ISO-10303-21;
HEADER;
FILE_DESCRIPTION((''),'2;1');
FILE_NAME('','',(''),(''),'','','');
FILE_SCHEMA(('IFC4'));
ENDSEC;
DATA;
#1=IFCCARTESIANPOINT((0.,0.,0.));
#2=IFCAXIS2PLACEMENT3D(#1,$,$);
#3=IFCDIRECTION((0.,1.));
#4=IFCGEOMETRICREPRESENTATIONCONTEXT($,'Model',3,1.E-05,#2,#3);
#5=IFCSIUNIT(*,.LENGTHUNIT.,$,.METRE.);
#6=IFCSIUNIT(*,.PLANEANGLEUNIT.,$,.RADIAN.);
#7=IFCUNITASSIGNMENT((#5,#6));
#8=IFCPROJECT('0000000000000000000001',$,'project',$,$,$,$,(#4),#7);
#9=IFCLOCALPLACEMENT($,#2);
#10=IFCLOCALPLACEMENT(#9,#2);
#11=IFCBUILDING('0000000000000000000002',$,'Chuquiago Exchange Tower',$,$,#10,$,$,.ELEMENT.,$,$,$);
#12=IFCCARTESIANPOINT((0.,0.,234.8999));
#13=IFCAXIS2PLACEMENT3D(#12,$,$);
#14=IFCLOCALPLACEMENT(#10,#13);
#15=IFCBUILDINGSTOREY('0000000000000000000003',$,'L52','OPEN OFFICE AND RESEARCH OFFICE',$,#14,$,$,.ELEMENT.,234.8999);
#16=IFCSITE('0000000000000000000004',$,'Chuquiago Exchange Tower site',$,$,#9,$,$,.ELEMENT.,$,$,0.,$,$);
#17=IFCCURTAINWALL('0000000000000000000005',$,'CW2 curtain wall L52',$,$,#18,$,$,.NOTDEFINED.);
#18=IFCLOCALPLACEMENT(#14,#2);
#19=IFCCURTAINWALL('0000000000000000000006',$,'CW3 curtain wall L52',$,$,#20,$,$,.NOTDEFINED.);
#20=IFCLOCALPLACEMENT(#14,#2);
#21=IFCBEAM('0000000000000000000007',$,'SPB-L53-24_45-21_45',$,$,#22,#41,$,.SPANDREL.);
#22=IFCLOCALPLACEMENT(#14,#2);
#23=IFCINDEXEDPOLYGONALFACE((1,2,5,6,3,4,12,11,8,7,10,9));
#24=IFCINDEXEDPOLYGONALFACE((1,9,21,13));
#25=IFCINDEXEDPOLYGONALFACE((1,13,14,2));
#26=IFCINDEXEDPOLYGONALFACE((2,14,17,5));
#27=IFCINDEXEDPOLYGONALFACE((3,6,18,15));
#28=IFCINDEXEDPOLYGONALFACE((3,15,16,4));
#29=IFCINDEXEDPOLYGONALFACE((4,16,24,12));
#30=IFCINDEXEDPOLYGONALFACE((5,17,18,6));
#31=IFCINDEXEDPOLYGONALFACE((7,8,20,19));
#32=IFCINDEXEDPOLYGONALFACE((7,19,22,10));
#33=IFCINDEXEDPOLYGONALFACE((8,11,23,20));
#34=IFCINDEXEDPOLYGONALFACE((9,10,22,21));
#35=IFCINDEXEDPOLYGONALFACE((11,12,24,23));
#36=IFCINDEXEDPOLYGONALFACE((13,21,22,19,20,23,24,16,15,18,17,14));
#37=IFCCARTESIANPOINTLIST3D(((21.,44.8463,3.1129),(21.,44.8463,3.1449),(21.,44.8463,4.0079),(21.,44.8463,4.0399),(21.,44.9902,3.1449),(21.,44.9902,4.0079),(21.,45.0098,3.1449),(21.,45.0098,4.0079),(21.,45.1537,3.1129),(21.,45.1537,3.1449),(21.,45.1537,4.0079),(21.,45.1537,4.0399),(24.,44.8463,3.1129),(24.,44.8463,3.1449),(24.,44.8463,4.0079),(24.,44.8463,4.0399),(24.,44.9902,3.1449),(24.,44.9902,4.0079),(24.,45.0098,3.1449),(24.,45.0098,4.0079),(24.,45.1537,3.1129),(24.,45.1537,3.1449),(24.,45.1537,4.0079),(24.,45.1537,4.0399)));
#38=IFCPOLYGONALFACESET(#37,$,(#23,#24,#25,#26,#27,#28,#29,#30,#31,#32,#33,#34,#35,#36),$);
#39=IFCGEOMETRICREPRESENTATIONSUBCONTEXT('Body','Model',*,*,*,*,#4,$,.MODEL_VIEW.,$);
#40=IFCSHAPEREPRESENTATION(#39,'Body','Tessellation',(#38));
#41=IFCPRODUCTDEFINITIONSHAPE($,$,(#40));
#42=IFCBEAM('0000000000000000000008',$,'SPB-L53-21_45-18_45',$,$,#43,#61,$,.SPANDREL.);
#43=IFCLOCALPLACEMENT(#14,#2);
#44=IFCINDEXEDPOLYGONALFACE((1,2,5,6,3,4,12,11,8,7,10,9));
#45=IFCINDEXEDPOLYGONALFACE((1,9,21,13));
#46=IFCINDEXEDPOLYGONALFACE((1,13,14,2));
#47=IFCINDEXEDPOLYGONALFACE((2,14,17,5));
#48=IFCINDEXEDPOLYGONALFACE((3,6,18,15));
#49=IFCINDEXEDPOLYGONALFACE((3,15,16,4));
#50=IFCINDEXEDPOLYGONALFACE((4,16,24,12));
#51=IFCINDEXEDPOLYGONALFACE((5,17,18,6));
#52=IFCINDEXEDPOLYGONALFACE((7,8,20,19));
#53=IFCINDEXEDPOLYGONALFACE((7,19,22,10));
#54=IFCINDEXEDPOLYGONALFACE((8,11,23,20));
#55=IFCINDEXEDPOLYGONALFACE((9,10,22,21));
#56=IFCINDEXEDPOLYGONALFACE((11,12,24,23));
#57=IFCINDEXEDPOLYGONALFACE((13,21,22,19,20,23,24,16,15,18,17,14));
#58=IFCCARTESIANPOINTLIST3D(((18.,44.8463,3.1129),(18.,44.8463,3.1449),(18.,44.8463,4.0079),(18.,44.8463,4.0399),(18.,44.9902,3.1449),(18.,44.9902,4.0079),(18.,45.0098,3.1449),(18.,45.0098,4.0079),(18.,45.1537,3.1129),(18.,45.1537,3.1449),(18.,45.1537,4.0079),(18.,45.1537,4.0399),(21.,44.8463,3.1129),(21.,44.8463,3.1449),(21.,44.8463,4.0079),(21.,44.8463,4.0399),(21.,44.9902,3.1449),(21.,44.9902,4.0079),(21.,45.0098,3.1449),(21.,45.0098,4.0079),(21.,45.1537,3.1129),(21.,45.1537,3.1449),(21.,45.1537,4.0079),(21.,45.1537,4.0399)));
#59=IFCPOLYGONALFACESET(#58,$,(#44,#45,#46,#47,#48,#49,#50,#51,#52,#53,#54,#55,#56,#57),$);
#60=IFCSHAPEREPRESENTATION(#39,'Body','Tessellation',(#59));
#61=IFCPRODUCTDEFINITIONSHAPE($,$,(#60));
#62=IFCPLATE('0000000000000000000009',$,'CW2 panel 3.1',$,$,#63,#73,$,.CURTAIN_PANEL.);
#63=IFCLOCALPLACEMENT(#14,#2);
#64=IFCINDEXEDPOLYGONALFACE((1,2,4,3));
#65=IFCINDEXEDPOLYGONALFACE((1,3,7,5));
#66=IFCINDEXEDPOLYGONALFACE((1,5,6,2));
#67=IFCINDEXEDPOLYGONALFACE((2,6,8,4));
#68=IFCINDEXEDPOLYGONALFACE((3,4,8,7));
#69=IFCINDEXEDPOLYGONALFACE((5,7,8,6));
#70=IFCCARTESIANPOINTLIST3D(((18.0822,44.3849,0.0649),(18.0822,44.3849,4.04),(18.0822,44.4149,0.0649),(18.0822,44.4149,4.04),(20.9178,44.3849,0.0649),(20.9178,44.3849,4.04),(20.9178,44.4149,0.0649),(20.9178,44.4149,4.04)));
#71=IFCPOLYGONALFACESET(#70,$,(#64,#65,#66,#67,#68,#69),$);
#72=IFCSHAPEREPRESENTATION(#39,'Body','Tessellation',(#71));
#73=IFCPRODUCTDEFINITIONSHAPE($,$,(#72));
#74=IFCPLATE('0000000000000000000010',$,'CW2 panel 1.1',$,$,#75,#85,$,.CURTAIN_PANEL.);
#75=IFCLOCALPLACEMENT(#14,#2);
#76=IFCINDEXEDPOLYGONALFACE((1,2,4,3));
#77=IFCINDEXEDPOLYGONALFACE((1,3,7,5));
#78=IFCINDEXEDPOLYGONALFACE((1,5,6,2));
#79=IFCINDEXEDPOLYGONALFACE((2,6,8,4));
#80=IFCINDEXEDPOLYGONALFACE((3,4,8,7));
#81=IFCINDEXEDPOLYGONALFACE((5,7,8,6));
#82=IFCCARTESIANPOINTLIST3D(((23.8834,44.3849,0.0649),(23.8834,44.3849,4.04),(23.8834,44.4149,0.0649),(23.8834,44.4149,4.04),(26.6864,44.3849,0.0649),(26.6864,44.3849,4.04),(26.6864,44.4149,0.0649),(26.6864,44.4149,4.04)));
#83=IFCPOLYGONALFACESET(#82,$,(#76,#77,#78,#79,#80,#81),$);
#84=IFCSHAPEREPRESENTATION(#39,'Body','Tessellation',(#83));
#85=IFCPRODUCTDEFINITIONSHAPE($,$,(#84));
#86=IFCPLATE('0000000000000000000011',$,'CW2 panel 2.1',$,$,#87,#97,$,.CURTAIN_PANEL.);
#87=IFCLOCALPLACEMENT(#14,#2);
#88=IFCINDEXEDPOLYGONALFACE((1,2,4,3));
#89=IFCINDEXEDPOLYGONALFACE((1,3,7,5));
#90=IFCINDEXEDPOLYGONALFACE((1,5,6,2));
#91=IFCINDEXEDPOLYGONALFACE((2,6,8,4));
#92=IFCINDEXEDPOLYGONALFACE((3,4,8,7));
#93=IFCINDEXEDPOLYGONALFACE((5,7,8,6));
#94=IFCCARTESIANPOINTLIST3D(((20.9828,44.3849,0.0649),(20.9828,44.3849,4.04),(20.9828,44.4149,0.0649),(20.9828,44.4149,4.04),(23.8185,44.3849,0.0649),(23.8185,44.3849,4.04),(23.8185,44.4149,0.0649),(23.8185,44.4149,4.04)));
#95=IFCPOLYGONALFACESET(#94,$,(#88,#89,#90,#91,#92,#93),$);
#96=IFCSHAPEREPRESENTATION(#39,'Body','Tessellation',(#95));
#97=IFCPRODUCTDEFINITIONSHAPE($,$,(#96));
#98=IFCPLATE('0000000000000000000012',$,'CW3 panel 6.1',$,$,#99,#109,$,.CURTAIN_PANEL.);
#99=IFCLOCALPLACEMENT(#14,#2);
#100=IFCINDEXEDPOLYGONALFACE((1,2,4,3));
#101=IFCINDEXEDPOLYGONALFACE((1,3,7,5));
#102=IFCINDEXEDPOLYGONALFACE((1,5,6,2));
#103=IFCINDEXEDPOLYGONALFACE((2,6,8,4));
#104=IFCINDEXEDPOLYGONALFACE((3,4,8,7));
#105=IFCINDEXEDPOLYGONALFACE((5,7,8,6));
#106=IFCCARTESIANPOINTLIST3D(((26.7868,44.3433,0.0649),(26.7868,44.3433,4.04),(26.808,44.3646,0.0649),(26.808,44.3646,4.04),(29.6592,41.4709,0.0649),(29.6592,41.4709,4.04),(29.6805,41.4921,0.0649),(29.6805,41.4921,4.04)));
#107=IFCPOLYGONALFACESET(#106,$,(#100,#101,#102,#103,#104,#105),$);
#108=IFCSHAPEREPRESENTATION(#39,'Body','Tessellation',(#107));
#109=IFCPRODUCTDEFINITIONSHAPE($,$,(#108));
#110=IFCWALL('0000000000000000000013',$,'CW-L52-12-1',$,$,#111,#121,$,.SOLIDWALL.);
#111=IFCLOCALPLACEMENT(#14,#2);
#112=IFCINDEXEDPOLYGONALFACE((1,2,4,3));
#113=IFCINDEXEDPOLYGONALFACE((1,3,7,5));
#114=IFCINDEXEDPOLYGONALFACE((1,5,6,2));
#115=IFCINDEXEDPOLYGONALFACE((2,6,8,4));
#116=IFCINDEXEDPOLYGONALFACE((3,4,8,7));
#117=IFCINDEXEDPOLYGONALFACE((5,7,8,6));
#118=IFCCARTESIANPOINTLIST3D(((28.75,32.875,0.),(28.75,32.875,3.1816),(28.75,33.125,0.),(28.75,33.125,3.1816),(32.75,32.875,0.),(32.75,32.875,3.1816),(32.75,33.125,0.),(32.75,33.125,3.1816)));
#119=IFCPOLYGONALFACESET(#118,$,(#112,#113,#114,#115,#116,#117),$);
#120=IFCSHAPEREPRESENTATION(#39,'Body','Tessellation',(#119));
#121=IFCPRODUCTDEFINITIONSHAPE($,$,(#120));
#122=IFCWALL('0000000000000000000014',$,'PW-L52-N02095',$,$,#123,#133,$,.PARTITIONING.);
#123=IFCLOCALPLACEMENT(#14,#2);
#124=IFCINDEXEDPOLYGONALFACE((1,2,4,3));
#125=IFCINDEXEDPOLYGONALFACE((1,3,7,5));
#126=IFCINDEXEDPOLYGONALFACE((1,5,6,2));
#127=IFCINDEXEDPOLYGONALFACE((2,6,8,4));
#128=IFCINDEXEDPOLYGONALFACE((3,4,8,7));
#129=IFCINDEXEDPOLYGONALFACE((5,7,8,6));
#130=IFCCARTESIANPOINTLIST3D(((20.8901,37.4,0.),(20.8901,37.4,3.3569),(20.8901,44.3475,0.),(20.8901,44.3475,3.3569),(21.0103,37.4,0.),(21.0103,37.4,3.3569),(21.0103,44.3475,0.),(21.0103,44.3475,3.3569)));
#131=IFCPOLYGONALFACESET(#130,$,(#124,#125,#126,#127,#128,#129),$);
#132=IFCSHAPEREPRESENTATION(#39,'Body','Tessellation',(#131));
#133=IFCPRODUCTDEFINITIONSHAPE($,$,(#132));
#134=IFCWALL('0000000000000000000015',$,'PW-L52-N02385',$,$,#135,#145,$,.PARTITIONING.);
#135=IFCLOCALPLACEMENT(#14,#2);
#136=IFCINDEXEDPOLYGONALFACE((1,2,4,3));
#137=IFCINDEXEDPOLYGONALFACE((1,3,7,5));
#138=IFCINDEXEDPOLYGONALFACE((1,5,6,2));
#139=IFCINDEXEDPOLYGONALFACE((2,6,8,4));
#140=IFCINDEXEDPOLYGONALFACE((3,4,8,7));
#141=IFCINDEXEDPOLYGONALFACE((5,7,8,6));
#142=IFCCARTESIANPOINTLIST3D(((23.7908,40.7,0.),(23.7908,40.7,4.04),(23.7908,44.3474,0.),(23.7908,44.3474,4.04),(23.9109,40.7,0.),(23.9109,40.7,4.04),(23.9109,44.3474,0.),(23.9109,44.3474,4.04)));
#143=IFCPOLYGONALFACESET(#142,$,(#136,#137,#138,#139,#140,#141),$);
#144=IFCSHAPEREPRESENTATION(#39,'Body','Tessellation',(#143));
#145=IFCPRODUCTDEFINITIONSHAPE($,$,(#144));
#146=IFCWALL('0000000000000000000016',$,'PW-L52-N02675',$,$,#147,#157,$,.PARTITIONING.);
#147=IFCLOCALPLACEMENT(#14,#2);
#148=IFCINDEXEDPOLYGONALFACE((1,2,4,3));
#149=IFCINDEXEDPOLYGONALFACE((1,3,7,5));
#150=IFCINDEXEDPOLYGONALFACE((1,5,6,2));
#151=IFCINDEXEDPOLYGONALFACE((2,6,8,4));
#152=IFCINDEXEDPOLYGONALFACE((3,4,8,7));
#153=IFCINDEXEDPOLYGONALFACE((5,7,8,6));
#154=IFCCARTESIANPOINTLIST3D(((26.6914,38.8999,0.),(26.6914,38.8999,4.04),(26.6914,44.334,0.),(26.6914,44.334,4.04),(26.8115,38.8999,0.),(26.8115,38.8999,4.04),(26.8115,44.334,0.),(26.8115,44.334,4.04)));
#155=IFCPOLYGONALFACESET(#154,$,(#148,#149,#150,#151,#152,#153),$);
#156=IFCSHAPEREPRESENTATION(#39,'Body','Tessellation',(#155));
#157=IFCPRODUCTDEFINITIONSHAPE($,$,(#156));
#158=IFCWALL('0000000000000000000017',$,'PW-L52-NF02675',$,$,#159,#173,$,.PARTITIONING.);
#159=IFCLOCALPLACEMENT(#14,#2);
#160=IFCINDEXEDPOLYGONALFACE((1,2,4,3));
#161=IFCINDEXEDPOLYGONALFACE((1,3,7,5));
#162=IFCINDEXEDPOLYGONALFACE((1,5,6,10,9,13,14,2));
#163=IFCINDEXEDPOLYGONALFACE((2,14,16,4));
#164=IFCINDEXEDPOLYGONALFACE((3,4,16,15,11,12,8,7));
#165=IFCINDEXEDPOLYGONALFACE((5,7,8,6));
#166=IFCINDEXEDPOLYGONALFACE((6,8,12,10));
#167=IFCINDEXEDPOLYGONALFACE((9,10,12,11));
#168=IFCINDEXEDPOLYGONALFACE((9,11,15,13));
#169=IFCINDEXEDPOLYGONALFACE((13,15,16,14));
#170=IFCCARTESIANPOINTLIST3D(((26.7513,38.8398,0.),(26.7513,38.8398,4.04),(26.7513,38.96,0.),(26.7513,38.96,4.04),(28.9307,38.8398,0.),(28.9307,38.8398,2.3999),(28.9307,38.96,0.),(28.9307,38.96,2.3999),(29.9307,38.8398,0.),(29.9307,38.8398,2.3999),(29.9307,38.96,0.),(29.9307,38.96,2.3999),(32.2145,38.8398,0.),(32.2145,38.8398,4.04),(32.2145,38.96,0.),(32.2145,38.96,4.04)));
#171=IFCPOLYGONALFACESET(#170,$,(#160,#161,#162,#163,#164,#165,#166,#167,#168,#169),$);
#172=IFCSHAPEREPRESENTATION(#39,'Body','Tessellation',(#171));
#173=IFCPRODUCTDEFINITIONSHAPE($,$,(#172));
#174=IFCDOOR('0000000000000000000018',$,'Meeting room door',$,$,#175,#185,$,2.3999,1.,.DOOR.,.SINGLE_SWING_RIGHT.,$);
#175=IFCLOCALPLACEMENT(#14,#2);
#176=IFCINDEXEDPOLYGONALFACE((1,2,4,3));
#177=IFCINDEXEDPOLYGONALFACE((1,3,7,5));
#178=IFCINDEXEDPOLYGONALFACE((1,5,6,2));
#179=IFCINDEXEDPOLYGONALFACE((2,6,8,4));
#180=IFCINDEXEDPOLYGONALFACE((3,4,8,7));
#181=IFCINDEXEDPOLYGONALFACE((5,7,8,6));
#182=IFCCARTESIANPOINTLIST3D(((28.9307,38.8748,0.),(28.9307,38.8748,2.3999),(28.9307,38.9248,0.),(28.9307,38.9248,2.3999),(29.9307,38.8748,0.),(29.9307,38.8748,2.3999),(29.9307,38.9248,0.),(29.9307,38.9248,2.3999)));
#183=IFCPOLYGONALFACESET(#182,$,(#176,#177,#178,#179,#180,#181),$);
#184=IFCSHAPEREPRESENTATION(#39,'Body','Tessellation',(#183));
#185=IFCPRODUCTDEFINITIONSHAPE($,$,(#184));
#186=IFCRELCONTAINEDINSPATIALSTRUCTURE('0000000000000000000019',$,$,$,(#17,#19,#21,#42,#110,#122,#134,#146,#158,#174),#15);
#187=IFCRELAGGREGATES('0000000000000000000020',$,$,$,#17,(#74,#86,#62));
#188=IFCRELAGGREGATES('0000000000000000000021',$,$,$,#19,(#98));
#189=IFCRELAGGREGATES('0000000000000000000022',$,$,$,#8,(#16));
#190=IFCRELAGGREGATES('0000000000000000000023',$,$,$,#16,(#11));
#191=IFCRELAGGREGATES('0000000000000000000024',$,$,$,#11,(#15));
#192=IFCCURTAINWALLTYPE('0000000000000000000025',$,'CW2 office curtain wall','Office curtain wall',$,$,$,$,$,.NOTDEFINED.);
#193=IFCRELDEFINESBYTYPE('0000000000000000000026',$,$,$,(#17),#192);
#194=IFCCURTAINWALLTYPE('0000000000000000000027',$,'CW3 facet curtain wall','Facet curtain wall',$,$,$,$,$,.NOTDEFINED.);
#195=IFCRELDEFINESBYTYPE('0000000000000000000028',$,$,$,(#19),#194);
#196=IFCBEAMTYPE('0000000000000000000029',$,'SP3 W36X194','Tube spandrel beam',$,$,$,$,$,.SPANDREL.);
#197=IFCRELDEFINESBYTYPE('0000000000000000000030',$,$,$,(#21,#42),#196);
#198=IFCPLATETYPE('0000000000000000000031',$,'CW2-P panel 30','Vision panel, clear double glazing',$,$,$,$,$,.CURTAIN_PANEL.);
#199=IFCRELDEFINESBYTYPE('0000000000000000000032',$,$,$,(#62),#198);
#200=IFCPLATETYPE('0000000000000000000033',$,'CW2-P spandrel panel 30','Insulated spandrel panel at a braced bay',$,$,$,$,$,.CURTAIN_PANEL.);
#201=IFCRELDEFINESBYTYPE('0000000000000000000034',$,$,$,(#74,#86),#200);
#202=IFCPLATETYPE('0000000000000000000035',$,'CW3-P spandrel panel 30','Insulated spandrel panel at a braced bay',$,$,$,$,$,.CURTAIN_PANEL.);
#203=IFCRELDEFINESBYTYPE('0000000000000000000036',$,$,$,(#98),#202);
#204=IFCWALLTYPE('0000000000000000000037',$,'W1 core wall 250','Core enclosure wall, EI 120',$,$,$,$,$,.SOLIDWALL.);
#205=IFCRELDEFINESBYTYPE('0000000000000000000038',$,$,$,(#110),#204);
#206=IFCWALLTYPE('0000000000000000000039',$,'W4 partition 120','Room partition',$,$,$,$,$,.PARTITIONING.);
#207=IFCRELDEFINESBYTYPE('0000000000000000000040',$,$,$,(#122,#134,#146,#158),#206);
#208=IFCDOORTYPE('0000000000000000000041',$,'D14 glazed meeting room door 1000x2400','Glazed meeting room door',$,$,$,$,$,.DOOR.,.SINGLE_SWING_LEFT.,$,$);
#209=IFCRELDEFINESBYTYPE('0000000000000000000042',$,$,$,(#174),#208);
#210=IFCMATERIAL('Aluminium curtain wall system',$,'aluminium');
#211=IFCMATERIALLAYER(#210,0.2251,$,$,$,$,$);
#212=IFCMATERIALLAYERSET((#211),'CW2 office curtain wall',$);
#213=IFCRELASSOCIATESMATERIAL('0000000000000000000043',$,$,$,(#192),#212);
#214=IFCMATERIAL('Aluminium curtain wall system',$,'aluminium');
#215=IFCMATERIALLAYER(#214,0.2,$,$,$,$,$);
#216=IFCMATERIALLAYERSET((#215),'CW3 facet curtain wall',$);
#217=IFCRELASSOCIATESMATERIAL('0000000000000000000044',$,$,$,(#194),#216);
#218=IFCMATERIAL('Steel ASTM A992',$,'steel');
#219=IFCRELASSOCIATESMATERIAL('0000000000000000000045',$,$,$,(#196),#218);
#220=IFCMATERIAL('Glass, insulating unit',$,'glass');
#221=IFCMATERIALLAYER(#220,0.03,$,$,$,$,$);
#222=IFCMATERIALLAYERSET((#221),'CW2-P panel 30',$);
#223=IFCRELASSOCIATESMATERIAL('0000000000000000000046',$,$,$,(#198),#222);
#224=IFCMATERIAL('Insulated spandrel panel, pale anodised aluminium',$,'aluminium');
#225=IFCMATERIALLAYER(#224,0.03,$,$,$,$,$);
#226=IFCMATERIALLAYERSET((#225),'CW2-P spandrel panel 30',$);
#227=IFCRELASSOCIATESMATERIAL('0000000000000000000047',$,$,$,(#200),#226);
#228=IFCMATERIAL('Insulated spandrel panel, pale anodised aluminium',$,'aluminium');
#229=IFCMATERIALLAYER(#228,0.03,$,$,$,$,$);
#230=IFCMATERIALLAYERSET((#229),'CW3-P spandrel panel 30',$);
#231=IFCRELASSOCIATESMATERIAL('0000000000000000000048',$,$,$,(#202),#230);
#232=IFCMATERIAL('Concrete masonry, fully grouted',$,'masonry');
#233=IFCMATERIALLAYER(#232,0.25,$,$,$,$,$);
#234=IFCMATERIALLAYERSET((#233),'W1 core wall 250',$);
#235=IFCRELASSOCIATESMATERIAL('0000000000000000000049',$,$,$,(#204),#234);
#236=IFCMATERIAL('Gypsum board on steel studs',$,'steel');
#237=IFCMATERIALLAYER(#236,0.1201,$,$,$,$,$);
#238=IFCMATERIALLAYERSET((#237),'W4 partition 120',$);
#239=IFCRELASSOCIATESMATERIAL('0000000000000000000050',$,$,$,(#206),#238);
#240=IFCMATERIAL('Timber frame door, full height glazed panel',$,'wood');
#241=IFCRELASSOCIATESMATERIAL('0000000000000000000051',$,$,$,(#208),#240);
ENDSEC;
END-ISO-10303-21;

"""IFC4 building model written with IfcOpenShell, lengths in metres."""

from ifc_helpers import new_model, si_unit, direction, frame, frame_2d, origin, origin_2d, place, context, subcontext, project, spatial, rectangle, i_section, extrude, material, layer, layer_set, material_profile, profile_set, type_object, element, fill, aggregate, save


model = new_model("IFC4")

# Units and contexts
model_context = context("Model", 3, precision=1e-05, world=origin(), true_north=direction((0.0, 1.0)))
body_context = subcontext(model_context, "Body", "Model", "MODEL_VIEW")
ifc_project = project(units=[si_unit("LENGTHUNIT", "METRE"), si_unit("PLANEANGLEUNIT", "RADIAN")], contexts=[model_context])

# Site, building, storey
site_placement = place(None, origin())
site = spatial("IfcSite", under=ifc_project, at=site_placement, Name="Chuquiago Exchange Tower site", CompositionType="ELEMENT", RefElevation=0.0)
building_placement = place(site_placement, origin())
building = spatial("IfcBuilding", under=site, at=building_placement, Name="Chuquiago Exchange Tower", CompositionType="ELEMENT")
storey_placement = place(building_placement, frame((0.0, 0.0, 234.8999)))
storey = spatial("IfcBuildingStorey", under=building, at=storey_placement, Name="L52", Description="OPEN OFFICE AND RESEARCH OFFICE", CompositionType="ELEMENT", Elevation=234.8999)

# Curtain walls
ifc_material_1 = material(Name="Aluminium curtain wall system", Category="aluminium")
ifc_layer_1 = layer(ifc_material_1, 0.2251)
ifc_layer_set_1 = layer_set([ifc_layer_1], Name="CW2 office curtain wall")
curtain_wall_type_1 = type_object("IfcCurtainWallType", Name="CW2 office curtain wall", Description="Office curtain wall", PredefinedType="NOTDEFINED", material=ifc_layer_set_1)
curtain_wall_1_placement = place(storey_placement, origin())
curtain_wall_1 = element("IfcCurtainWall", 1, at=curtain_wall_1_placement, inside=storey, type_object=curtain_wall_type_1, Name="CW2 curtain wall L52", PredefinedType="NOTDEFINED")
ifc_material_2 = material(Name="Aluminium curtain wall system", Category="aluminium")
ifc_layer_2 = layer(ifc_material_2, 0.2)
ifc_layer_set_2 = layer_set([ifc_layer_2], Name="CW3 facet curtain wall")
curtain_wall_type_2 = type_object("IfcCurtainWallType", Name="CW3 facet curtain wall", Description="Facet curtain wall", PredefinedType="NOTDEFINED", material=ifc_layer_set_2)
curtain_wall_2_placement = place(storey_placement, origin())
curtain_wall_2 = element("IfcCurtainWall", 2, at=curtain_wall_2_placement, inside=storey, type_object=curtain_wall_type_2, Name="CW3 curtain wall L52", PredefinedType="NOTDEFINED")

# Beams
ifc_material_3 = material(Name="Steel ASTM A992", Category="steel")
ifc_material_profile_1 = material_profile(ifc_material_3, i_section(OverallWidth=0.3074, OverallDepth=0.927, WebThickness=0.0195, FlangeThickness=0.032, at=origin_2d()), Name="W36X194")
ifc_profile_set_1 = profile_set([ifc_material_profile_1], Name="Steel ASTM A992")
beam_type_1 = type_object("IfcBeamType", Name="SP3 W36X194", Description="Tube spandrel beam", PredefinedType="SPANDREL", material=ifc_profile_set_1)
for number, where, z_axis, x_axis, name in (
    (3, (24.0, 45.0, 3.5764), (-1.0, 0.0, 0.0), (0.0, -1.0, 0.0), "SPB-L53-24_45-21_45"),
    (4, (21.0, 45.0, 3.5764), (-1.0, 0.0, 0.0), (0.0, -1.0, 0.0), "SPB-L53-21_45-18_45"),
):
    element("IfcBeam", number, at=place(storey_placement, frame(where, z_axis=z_axis, x_axis=x_axis)), inside=storey, type_object=beam_type_1, Name=name, PredefinedType="SPANDREL", context=body_context, shape_type="SweptSolid", body=[
        extrude(i_section(OverallWidth=0.3074, OverallDepth=0.927, WebThickness=0.0195, FlangeThickness=0.032, at=origin_2d()), origin(), (0.0, 0.0, 1.0), 3.0),
    ])

# Plates
ifc_material_4 = material(Name="Glass, insulating unit", Category="glass")
ifc_layer_3 = layer(ifc_material_4, 0.03)
ifc_layer_set_3 = layer_set([ifc_layer_3], Name="CW2-P panel 30")
plate_type_1 = type_object("IfcPlateType", Name="CW2-P panel 30", Description="Vision panel, clear double glazing", PredefinedType="CURTAIN_PANEL", material=ifc_layer_set_3)
plate_1_placement = place(storey_placement, frame((19.5, 44.3999, 0.0649), z_axis=(0.0, 0.0, 1.0), x_axis=(-1.0, 0.0, 0.0)))
plate_1 = element("IfcPlate", 5, at=plate_1_placement, type_object=plate_type_1, Name="CW2 panel 3.1", PredefinedType="CURTAIN_PANEL", context=body_context, shape_type="SweptSolid", body=[
    extrude(rectangle(XDim=2.8357, YDim=0.03, at=origin_2d()), origin(), (0.0, 0.0, 1.0), 3.9751),
])
ifc_material_5 = material(Name="Insulated spandrel panel, pale anodised aluminium", Category="aluminium")
ifc_layer_4 = layer(ifc_material_5, 0.03)
ifc_layer_set_4 = layer_set([ifc_layer_4], Name="CW2-P spandrel panel 30")
plate_type_2 = type_object("IfcPlateType", Name="CW2-P spandrel panel 30", Description="Insulated spandrel panel at a braced bay", PredefinedType="CURTAIN_PANEL", material=ifc_layer_set_4)
plate_2_placement = place(storey_placement, frame((25.2849, 44.3999, 0.0649), z_axis=(0.0, 0.0, 1.0), x_axis=(-1.0, 0.0, 0.0)))
plate_2 = element("IfcPlate", 6, at=plate_2_placement, type_object=plate_type_2, Name="CW2 panel 1.1", PredefinedType="CURTAIN_PANEL", context=body_context, shape_type="SweptSolid", body=[
    extrude(rectangle(XDim=2.803, YDim=0.03, at=origin_2d()), origin(), (0.0, 0.0, 1.0), 3.9751),
])
plate_3_placement = place(storey_placement, frame((22.4006, 44.3999, 0.0649), z_axis=(0.0, 0.0, 1.0), x_axis=(-1.0, 0.0, 0.0)))
plate_3 = element("IfcPlate", 7, at=plate_3_placement, type_object=plate_type_2, Name="CW2 panel 2.1", PredefinedType="CURTAIN_PANEL", context=body_context, shape_type="SweptSolid", body=[
    extrude(rectangle(XDim=2.8357, YDim=0.03, at=origin_2d()), origin(), (0.0, 0.0, 1.0), 3.9751),
])
aggregate(curtain_wall_1, [plate_2, plate_3, plate_1])
ifc_material_6 = material(Name="Insulated spandrel panel, pale anodised aluminium", Category="aluminium")
ifc_layer_5 = layer(ifc_material_6, 0.03)
ifc_layer_set_5 = layer_set([ifc_layer_5], Name="CW3-P spandrel panel 30")
plate_type_3 = type_object("IfcPlateType", Name="CW3-P spandrel panel 30", Description="Insulated spandrel panel at a braced bay", PredefinedType="CURTAIN_PANEL", material=ifc_layer_set_5)
plate_4_placement = place(storey_placement, frame((28.2336, 42.9177, 0.0649), z_axis=(0.0, 0.0, 1.0), x_axis=(-0.707107, 0.707107, 0.0)))
plate_4 = element("IfcPlate", 8, at=plate_4_placement, type_object=plate_type_3, Name="CW3 panel 6.1", PredefinedType="CURTAIN_PANEL", context=body_context, shape_type="SweptSolid", body=[
    extrude(rectangle(XDim=4.0623, YDim=0.03, at=origin_2d()), origin(), (0.0, 0.0, 1.0), 3.9751),
])
aggregate(curtain_wall_2, [plate_4])

# Walls
ifc_material_7 = material(Name="Concrete masonry, fully grouted", Category="masonry")
ifc_layer_6 = layer(ifc_material_7, 0.25)
ifc_layer_set_6 = layer_set([ifc_layer_6], Name="W1 core wall 250")
wall_type_1 = type_object("IfcWallType", Name="W1 core wall 250", Description="Core enclosure wall, EI 120", PredefinedType="SOLIDWALL", material=ifc_layer_set_6)
wall_1_placement = place(storey_placement, frame((28.75, 33.0, 0.0), z_axis=(0.0, 0.0, 1.0), x_axis=(1.0, 0.0, 0.0)))
element("IfcWall", 9, at=wall_1_placement, inside=storey, type_object=wall_type_1, Name="CW-L52-12-1", PredefinedType="SOLIDWALL", context=body_context, shape_type="SweptSolid", body=[
    extrude(rectangle(XDim=4.0, YDim=0.25, at=frame_2d((2.0, 0.0))), origin(), (0.0, 0.0, 1.0), 3.1816),
])
ifc_material_8 = material(Name="Gypsum board on steel studs", Category="steel")
ifc_layer_7 = layer(ifc_material_8, 0.1201)
ifc_layer_set_7 = layer_set([ifc_layer_7], Name="W4 partition 120")
wall_type_2 = type_object("IfcWallType", Name="W4 partition 120", Description="Room partition", PredefinedType="PARTITIONING", material=ifc_layer_set_7)
wall_2_placement = place(storey_placement, frame((20.9502, 44.3474, 0.0), z_axis=(0.0, 0.0, 1.0), x_axis=(0.0, -1.0, 0.0)))
element("IfcWall", 10, at=wall_2_placement, inside=storey, type_object=wall_type_2, Name="PW-L52-N02095", PredefinedType="PARTITIONING", context=body_context, shape_type="SweptSolid", body=[
    extrude(rectangle(XDim=6.9475, YDim=0.1201, at=frame_2d((3.4736, 0.0))), origin(), (0.0, 0.0, 1.0), 3.3569),
])
wall_3_placement = place(storey_placement, frame((23.8508, 44.3474, 0.0), z_axis=(0.0, 0.0, 1.0), x_axis=(0.0, -1.0, 0.0)))
element("IfcWall", 11, at=wall_3_placement, inside=storey, type_object=wall_type_2, Name="PW-L52-N02385", PredefinedType="PARTITIONING", context=body_context, shape_type="SweptSolid", body=[
    extrude(rectangle(XDim=3.6475, YDim=0.1201, at=frame_2d((1.8237, 0.0))), origin(), (0.0, 0.0, 1.0), 4.04),
])
wall_4_placement = place(storey_placement, frame((26.7515, 44.334, 0.0), z_axis=(0.0, 0.0, 1.0), x_axis=(0.0, -1.0, 0.0)))
element("IfcWall", 12, at=wall_4_placement, inside=storey, type_object=wall_type_2, Name="PW-L52-N02675", PredefinedType="PARTITIONING", context=body_context, shape_type="SweptSolid", body=[
    extrude(rectangle(XDim=5.4341, YDim=0.1201, at=frame_2d((2.717, 0.0))), origin(), (0.0, 0.0, 1.0), 4.04),
])

# Wall, opening, door
ifc_material_9 = material(Name="Timber frame door, full height glazed panel", Category="wood")
door_type = type_object("IfcDoorType", Name="D14 glazed meeting room door 1000x2400", Description="Glazed meeting room door", OperationType="SINGLE_SWING_LEFT", PredefinedType="DOOR", material=ifc_material_9)
wall_5_placement = place(storey_placement, frame((26.7515, 38.8999, 0.0), z_axis=(0.0, 0.0, 1.0), x_axis=(1.0, 0.0, 0.0)))
wall_5 = element("IfcWall", 13, at=wall_5_placement, inside=storey, type_object=wall_type_2, Name="PW-L52-NF02675", PredefinedType="PARTITIONING", context=body_context, shape_type="SweptSolid", body=[
    extrude(rectangle(XDim=5.4631, YDim=0.1201, at=frame_2d((2.7314, 0.0))), origin(), (0.0, 0.0, 1.0), 4.04),
])
opening_1_placement = place(wall_5_placement, frame((2.1792, 0.0, 0.0)))
opening_1 = element("IfcOpeningElement", 14, at=opening_1_placement, cuts=wall_5, PredefinedType="OPENING", context=body_context, shape_type="SweptSolid", body=[
    extrude(rectangle(XDim=1.0, YDim=2.3999, at=frame_2d((0.5, 1.2))), frame((0.0, 0.0701, 0.0), z_axis=(0.0, -1.0, 0.0), x_axis=(1.0, 0.0, 0.0)), (0.0, 0.0, 1.0), 0.1401),
])
door_1_placement = place(opening_1_placement, origin())
door_1 = element("IfcDoor", 15, at=door_1_placement, inside=storey, type_object=door_type, Name="Meeting room door", OperationType="SINGLE_SWING_RIGHT", OverallHeight=2.3999, OverallWidth=1.0, PredefinedType="DOOR", context=body_context, shape_type="SweptSolid", body=[
    extrude(rectangle(XDim=1.0, YDim=2.3999, at=frame_2d((0.5, 1.2))), frame((0.0, 0.0249, 0.0), z_axis=(0.0, -1.0, 0.0), x_axis=(1.0, 0.0, 0.0)), (0.0, 0.0, 1.0), 0.05),
])
fill(opening_1, door_1)

save(model, "model.ifc")
